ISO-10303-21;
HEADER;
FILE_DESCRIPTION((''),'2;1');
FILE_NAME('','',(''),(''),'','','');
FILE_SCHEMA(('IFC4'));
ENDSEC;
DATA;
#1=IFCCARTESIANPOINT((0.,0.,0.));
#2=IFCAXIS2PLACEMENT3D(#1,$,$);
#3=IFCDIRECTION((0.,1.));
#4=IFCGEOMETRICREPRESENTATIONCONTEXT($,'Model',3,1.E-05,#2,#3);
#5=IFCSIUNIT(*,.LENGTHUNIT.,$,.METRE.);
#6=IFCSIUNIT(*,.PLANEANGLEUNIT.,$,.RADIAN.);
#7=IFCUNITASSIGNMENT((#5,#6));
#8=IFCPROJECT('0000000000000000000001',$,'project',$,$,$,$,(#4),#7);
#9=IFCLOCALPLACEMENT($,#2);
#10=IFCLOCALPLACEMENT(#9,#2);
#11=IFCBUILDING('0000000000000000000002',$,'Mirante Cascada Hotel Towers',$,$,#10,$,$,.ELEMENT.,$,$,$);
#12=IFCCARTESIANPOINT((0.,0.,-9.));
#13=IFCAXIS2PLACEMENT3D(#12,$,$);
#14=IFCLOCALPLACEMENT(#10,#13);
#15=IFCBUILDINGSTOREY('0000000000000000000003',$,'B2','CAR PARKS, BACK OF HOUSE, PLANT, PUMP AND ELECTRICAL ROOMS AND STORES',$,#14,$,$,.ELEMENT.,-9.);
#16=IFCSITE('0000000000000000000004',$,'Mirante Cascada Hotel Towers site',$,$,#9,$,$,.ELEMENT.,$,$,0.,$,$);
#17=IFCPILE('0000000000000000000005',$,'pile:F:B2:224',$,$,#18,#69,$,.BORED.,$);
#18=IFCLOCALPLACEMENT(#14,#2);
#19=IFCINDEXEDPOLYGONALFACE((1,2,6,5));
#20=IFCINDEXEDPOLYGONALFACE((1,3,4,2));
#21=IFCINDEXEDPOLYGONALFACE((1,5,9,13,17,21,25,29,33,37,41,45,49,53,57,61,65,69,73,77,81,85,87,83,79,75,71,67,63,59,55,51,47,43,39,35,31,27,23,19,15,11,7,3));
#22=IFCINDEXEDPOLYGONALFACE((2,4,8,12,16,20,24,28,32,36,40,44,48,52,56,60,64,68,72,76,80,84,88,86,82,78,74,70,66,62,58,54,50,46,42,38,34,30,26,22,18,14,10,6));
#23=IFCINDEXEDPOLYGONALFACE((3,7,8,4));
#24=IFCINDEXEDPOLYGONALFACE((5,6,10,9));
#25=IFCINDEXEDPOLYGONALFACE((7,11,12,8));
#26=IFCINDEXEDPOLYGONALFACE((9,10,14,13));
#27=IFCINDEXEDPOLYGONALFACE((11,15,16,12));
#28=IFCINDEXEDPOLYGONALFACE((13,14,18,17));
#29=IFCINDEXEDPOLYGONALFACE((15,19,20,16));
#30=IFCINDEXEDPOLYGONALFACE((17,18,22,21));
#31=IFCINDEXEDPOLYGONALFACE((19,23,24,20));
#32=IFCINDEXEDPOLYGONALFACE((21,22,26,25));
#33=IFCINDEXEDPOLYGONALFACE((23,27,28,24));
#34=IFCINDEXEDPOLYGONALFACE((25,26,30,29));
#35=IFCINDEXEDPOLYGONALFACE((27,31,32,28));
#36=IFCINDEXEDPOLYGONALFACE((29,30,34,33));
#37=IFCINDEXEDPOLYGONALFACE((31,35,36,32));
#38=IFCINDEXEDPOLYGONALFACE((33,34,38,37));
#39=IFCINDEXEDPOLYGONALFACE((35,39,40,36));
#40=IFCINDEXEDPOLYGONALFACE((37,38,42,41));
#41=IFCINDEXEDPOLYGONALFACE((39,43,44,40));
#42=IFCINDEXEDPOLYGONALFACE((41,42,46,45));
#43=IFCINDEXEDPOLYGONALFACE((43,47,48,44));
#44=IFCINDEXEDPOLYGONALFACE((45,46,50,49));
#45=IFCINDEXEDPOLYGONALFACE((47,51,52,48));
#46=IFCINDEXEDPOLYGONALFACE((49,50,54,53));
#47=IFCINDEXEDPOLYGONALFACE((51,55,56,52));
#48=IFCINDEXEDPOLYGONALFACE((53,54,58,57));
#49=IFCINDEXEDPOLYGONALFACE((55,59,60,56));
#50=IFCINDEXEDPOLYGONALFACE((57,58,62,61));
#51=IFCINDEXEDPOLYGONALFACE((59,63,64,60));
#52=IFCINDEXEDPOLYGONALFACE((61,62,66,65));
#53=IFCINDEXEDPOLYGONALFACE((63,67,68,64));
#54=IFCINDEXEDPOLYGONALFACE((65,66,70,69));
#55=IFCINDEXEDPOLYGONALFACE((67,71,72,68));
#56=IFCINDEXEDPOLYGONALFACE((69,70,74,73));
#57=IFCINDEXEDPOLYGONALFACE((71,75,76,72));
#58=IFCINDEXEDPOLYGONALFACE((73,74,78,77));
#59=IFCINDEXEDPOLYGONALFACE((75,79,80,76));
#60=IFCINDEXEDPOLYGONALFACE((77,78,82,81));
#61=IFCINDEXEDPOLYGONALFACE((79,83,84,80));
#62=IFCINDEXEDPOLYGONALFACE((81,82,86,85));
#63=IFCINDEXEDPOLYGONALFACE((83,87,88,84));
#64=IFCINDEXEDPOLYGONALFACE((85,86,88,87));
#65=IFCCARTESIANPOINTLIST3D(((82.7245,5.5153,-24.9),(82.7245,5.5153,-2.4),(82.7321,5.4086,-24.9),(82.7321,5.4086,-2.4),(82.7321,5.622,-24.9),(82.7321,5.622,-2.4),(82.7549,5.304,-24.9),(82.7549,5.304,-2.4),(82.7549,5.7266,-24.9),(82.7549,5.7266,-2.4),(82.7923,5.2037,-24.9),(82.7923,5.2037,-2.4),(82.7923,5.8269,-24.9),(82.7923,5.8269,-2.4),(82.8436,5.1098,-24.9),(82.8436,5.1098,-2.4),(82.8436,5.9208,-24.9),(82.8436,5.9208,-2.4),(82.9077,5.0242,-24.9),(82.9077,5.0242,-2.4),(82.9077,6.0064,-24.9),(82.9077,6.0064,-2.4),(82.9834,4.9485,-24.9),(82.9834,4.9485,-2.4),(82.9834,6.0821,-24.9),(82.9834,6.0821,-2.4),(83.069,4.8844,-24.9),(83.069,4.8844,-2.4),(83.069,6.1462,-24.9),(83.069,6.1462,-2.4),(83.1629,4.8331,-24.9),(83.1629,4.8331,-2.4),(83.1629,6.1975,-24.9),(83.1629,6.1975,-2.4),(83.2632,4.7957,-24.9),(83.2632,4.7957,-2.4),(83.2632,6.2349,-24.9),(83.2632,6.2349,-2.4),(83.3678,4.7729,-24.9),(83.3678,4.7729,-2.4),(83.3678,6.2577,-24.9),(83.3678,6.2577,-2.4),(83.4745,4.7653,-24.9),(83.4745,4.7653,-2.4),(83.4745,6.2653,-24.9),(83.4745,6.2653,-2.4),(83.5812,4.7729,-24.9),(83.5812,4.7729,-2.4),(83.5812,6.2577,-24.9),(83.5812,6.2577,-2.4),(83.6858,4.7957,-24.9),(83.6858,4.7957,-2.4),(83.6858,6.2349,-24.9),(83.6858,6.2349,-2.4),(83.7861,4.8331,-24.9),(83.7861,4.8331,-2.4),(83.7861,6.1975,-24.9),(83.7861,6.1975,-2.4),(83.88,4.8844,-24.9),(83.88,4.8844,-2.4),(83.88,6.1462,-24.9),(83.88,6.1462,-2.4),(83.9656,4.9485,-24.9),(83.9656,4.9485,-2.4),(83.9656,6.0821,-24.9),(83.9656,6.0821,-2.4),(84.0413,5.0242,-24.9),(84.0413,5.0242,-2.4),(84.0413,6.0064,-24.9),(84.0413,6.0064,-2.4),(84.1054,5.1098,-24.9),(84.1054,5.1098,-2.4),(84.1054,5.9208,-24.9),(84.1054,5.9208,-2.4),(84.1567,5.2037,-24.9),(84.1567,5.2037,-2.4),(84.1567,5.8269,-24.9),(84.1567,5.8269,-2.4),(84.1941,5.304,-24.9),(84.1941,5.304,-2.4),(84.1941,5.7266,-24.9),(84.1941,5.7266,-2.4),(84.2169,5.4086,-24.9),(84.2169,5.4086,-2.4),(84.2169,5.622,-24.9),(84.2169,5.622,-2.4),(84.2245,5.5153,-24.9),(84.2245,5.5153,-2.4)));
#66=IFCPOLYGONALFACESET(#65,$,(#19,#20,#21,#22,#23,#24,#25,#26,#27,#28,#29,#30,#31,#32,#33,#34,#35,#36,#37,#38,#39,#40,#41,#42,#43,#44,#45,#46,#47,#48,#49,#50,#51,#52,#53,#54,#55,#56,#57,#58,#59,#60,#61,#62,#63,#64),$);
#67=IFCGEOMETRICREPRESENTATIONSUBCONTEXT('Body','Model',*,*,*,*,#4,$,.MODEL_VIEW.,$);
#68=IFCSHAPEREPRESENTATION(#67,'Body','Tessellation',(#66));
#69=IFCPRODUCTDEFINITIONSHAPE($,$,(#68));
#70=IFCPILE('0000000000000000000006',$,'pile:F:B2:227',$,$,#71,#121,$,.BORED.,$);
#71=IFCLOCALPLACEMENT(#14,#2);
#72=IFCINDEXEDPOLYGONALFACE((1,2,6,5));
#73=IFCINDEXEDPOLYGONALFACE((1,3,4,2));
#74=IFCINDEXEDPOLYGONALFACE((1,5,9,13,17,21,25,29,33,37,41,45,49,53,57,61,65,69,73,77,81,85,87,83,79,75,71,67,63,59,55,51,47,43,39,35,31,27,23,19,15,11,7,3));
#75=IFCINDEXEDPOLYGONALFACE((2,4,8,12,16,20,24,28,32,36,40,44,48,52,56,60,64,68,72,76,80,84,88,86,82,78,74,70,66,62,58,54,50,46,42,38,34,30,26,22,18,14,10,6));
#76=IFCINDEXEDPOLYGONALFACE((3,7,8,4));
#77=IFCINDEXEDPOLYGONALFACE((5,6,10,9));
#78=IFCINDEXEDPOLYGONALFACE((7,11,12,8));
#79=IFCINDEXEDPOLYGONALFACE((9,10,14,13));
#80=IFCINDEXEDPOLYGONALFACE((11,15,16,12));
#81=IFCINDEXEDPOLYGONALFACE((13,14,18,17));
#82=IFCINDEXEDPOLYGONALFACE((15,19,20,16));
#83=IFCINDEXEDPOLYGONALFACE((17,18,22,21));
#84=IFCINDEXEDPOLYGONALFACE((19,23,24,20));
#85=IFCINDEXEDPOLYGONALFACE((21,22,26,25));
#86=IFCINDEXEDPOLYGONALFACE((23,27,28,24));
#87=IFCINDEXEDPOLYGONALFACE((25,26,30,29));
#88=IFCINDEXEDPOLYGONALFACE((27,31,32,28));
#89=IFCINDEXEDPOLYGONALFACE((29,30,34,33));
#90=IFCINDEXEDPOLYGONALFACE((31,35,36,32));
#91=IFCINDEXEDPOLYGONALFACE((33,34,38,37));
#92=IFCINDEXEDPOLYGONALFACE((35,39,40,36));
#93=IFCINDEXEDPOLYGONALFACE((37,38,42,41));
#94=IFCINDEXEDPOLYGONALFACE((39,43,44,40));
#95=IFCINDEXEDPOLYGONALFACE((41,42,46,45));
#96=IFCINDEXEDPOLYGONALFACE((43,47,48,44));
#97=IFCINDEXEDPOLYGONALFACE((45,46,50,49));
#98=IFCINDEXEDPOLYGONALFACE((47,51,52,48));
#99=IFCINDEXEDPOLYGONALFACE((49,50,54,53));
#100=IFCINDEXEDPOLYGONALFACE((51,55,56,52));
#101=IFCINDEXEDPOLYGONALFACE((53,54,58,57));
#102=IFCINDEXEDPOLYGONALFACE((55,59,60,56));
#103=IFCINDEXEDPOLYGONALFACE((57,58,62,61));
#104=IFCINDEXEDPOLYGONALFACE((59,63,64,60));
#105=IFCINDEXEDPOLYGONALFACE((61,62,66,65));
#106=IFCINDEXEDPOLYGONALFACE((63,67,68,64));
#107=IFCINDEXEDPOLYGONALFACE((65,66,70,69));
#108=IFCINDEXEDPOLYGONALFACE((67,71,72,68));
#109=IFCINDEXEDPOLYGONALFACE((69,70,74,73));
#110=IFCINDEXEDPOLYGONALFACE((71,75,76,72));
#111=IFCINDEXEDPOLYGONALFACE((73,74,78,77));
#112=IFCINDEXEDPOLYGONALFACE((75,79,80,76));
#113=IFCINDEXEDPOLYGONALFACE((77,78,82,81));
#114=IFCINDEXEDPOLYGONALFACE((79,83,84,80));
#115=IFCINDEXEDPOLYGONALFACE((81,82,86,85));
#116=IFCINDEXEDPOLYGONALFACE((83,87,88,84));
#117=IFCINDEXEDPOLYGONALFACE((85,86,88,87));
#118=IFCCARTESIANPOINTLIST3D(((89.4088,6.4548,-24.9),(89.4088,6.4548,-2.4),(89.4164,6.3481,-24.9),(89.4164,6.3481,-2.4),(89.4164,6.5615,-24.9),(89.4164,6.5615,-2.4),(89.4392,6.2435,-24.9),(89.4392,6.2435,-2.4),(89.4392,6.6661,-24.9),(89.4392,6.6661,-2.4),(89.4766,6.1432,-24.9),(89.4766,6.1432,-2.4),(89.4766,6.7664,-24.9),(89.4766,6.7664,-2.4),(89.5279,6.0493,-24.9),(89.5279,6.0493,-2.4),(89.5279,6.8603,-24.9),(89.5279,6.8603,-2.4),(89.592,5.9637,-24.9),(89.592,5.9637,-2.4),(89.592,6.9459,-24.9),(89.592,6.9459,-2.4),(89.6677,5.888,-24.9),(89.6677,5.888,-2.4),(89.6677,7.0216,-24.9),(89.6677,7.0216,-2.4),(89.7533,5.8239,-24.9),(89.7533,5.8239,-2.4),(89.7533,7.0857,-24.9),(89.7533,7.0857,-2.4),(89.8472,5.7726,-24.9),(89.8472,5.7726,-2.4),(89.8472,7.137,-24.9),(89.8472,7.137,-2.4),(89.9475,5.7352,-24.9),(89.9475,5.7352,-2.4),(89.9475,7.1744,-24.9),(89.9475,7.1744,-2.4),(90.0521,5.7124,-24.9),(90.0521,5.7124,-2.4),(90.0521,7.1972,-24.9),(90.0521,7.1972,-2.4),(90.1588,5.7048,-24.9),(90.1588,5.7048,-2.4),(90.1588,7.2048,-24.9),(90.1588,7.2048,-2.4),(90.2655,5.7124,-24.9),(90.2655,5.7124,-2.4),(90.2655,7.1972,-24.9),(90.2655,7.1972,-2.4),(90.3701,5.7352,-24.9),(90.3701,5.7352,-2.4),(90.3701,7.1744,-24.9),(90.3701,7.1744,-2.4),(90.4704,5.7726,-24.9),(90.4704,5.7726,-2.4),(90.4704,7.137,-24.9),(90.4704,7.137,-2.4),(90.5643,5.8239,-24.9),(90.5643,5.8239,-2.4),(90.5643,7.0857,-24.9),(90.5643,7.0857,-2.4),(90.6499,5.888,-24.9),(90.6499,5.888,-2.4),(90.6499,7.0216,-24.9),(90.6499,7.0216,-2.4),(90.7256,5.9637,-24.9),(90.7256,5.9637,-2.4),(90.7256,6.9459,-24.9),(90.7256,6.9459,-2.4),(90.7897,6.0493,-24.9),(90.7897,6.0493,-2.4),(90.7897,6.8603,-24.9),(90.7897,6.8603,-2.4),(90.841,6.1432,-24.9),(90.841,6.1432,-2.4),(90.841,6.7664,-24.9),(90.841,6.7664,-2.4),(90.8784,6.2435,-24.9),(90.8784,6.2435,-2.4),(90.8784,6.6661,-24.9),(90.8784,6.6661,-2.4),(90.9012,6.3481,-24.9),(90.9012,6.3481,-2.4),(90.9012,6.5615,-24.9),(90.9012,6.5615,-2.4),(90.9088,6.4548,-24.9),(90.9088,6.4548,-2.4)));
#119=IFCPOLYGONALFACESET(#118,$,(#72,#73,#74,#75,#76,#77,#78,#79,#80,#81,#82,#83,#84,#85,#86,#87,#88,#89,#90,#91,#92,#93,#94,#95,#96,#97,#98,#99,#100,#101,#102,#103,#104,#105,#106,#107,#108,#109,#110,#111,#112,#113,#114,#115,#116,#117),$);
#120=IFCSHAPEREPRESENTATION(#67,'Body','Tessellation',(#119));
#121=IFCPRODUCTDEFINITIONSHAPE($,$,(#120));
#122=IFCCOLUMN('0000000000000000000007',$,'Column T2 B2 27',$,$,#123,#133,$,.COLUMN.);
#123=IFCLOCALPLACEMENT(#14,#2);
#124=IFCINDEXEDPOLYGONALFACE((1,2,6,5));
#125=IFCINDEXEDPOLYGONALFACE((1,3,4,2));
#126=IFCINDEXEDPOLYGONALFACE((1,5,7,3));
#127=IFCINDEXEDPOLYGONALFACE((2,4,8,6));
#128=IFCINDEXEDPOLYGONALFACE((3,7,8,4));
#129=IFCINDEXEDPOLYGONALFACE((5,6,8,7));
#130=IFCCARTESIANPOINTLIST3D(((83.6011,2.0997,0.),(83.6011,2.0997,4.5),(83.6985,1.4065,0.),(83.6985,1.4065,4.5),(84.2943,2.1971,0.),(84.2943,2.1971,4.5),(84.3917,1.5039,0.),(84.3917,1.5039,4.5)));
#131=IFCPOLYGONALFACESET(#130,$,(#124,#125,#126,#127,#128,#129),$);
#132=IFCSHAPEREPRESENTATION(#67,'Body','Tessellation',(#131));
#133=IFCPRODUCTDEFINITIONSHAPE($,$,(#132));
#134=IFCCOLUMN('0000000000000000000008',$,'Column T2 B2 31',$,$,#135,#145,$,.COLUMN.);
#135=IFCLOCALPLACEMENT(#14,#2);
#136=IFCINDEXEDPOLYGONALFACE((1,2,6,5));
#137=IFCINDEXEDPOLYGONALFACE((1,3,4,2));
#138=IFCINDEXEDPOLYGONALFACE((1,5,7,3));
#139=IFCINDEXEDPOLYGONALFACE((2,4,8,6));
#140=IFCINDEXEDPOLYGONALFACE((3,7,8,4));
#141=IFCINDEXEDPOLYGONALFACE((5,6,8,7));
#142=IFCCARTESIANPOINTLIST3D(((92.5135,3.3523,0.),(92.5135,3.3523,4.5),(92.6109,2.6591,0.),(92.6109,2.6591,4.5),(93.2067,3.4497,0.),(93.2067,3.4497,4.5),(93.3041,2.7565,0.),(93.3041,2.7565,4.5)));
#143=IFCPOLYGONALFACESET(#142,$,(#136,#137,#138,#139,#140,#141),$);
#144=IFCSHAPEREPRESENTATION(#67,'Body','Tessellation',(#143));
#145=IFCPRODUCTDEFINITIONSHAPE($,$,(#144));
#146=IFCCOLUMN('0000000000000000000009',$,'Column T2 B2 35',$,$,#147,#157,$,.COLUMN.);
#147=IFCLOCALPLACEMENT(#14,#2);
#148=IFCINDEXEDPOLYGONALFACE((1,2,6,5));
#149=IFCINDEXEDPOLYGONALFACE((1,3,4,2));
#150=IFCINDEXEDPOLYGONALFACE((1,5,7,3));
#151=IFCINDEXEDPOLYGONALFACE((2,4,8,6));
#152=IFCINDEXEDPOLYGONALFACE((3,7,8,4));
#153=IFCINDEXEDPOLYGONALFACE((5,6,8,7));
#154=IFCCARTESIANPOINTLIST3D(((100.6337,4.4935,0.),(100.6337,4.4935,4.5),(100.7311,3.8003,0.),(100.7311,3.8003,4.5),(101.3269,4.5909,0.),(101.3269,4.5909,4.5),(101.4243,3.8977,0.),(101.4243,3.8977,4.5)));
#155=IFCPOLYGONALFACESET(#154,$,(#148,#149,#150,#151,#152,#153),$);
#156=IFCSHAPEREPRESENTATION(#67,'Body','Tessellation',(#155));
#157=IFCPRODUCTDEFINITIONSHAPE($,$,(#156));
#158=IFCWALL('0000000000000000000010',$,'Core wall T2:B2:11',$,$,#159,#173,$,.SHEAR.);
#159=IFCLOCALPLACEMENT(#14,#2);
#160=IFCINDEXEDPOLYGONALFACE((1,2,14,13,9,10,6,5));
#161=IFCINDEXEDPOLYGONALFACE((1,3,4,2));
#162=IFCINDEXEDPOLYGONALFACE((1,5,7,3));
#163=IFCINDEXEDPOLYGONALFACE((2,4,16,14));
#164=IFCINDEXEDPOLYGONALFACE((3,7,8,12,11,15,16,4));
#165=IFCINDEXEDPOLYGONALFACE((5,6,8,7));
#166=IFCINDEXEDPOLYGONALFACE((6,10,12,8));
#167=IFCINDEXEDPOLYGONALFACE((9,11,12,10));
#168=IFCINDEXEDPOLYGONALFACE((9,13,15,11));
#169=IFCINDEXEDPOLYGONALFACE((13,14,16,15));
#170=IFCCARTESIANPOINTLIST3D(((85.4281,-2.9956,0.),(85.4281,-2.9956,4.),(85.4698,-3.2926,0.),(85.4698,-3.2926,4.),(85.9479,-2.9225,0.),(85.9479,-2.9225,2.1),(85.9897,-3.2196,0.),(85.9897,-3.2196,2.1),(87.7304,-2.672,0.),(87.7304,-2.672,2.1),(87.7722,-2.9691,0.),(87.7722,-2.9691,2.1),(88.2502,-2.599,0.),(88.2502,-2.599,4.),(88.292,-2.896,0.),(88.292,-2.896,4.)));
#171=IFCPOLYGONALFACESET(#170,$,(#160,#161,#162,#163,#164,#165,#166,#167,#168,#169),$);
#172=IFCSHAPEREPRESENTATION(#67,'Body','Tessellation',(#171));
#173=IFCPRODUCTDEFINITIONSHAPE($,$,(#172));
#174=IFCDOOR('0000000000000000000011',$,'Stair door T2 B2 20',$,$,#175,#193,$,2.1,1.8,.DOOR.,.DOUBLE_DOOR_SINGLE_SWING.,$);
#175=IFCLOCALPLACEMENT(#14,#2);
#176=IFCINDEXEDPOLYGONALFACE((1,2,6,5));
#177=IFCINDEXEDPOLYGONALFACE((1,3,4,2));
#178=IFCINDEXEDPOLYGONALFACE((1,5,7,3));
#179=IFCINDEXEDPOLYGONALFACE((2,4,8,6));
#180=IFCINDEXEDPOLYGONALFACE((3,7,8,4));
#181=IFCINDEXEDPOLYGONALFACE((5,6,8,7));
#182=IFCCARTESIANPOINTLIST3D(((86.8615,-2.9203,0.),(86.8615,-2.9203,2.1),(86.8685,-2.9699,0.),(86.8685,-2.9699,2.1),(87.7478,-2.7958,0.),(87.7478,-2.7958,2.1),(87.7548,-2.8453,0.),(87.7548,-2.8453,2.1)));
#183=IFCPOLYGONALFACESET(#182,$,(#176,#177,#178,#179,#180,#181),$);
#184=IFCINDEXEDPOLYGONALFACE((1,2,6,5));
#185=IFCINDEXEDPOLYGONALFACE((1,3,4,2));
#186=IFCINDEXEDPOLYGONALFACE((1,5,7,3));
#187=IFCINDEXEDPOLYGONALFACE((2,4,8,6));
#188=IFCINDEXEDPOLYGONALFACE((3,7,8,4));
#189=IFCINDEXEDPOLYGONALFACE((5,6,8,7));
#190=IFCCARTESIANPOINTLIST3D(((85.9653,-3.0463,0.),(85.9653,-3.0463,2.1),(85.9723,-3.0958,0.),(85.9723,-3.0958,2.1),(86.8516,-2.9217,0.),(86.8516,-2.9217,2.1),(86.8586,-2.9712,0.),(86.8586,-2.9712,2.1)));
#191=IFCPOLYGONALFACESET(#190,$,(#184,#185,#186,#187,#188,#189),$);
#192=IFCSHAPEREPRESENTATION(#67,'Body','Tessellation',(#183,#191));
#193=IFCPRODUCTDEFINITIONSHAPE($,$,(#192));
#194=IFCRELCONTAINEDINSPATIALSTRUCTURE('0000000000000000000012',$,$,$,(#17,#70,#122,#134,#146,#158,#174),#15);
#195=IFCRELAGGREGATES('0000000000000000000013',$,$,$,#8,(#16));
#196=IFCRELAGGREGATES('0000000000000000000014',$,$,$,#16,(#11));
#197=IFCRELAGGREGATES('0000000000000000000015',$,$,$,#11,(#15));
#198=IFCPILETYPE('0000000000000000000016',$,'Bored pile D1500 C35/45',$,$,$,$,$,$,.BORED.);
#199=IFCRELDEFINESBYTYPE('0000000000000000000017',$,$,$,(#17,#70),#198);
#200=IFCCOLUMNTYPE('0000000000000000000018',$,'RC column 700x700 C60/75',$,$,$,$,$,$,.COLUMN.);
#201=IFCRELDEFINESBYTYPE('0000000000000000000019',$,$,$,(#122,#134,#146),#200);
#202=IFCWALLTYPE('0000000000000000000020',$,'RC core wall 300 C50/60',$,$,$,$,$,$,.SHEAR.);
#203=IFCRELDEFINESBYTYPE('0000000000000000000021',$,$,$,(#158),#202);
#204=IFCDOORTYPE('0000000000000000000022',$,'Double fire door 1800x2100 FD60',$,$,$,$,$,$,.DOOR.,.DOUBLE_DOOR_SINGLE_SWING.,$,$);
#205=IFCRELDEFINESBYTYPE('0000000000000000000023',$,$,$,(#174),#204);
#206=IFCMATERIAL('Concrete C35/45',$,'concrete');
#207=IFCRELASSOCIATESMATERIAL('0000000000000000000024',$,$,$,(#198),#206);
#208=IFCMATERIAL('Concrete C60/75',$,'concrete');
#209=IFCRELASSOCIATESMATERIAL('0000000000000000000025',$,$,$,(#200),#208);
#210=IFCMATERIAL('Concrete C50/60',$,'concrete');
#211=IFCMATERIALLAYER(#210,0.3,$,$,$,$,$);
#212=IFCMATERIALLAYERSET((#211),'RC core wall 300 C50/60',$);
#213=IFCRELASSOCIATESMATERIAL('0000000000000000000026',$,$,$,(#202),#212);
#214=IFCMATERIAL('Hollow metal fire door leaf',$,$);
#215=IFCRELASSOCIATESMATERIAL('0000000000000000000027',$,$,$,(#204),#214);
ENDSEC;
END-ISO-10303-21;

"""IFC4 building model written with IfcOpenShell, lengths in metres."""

from ifc_helpers import new_model, si_unit, direction, frame, frame_2d, origin, origin_2d, place, context, subcontext, project, spatial, rectangle, circle, extrude, material, layer, layer_set, material_profile, profile_set, type_object, element, fill, save


model = new_model("IFC4")

# Units and contexts
model_context = context("Model", 3, precision=1e-05, world=origin(), true_north=direction((0.0, 1.0)))
body_context = subcontext(model_context, "Body", "Model", "MODEL_VIEW")
ifc_project = project(units=[si_unit("LENGTHUNIT", "METRE"), si_unit("PLANEANGLEUNIT", "RADIAN")], contexts=[model_context])

# Site, building, storey
site_placement = place(None, origin())
site = spatial("IfcSite", under=ifc_project, at=site_placement, Name="Mirante Cascada Hotel Towers site", CompositionType="ELEMENT", RefElevation=0.0)
building_placement = place(site_placement, origin())
building = spatial("IfcBuilding", under=site, at=building_placement, Name="Mirante Cascada Hotel Towers", CompositionType="ELEMENT")
storey_placement = place(building_placement, frame((0.0, 0.0, -9.0)))
storey = spatial("IfcBuildingStorey", under=building, at=storey_placement, Name="B2", Description="CAR PARKS, BACK OF HOUSE, PLANT, PUMP AND ELECTRICAL ROOMS AND STORES", CompositionType="ELEMENT", Elevation=-9.0)

# Piles
ifc_material_1 = material(Name="Concrete C35/45", Category="concrete")
ifc_material_profile_1 = material_profile(ifc_material_1, circle(Radius=0.75, at=origin_2d()), Name="RC D1500")
ifc_profile_set_1 = profile_set([ifc_material_profile_1], Name="Concrete C35/45")
pile_type = type_object("IfcPileType", Name="Bored pile D1500 C35/45", PredefinedType="BORED", material=ifc_profile_set_1)
for number, where, z_axis, x_axis, name in (
    (1, (83.4745, 5.5153, -2.4), (0.0, 0.0, -1.0), (1.0, 0.0, 0.0), "pile:F:B2:224"),
    (2, (90.1588, 6.4548, -2.4), (0.0, 0.0, -1.0), (1.0, 0.0, 0.0), "pile:F:B2:227"),
):
    element("IfcPile", number, at=place(storey_placement, frame(where, z_axis=z_axis, x_axis=x_axis)), inside=storey, type_object=pile_type, Name=name, PredefinedType="BORED", context=body_context, shape_type="SweptSolid", body=[
        extrude(circle(Radius=0.75, at=origin_2d()), origin(), (0.0, 0.0, 1.0), 22.5),
    ])

# Columns
ifc_material_2 = material(Name="Concrete C60/75", Category="concrete")
ifc_material_profile_2 = material_profile(ifc_material_2, rectangle(XDim=0.7, YDim=0.7, at=origin_2d()), Name="RC column 700x700 C60/75")
ifc_profile_set_2 = profile_set([ifc_material_profile_2], Name="Concrete C60/75")
column_type = type_object("IfcColumnType", Name="RC column 700x700 C60/75", PredefinedType="COLUMN", material=ifc_profile_set_2)
for number, where, z_axis, x_axis, name in (
    (3, (83.9964, 1.8018, 0.0), (0.0, 0.0, 1.0), (0.990268, 0.139173, 0.0), "Column T2 B2 27"),
    (4, (92.9088, 3.0544, 0.0), (0.0, 0.0, 1.0), (0.990268, 0.139173, 0.0), "Column T2 B2 31"),
    (5, (101.029, 4.1956, 0.0), (0.0, 0.0, 1.0), (0.990268, 0.139173, 0.0), "Column T2 B2 35"),
):
    element("IfcColumn", number, at=place(storey_placement, frame(where, z_axis=z_axis, x_axis=x_axis)), inside=storey, type_object=column_type, Name=name, PredefinedType="COLUMN", context=body_context, shape_type="SweptSolid", body=[
        extrude(rectangle(XDim=0.7, YDim=0.7, at=origin_2d()), origin(), (0.0, 0.0, 1.0), 4.5),
    ])

# Wall, opening, door
ifc_material_3 = material(Name="Concrete C50/60", Category="concrete")
ifc_layer = layer(ifc_material_3, 0.3)
ifc_layer_set = layer_set([ifc_layer], Name="RC core wall 300 C50/60")
wall_type = type_object("IfcWallType", Name="RC core wall 300 C50/60", PredefinedType="SHEAR", material=ifc_layer_set)
wall_1_placement = place(storey_placement, frame((85.4489, -3.1441, 0.0), z_axis=(0.0, 0.0, 1.0), x_axis=(0.99027, 0.139161, 0.0)))
wall_1 = element("IfcWall", 6, at=wall_1_placement, inside=storey, type_object=wall_type, Name="Core wall T2:B2:11", PredefinedType="SHEAR", context=body_context, shape_type="SweptSolid", body=[
    extrude(rectangle(XDim=2.8499, YDim=0.3, at=frame_2d((1.425, 0.0))), origin(), (0.0, 0.0, 1.0), 4.0),
])
opening_placement = place(wall_1_placement, frame((0.525, 0.0, 0.0)))
opening = element("IfcOpeningElement", 7, at=opening_placement, cuts=wall_1, PredefinedType="OPENING", context=body_context, shape_type="SweptSolid", body=[
    extrude(rectangle(XDim=1.8, YDim=2.1, at=frame_2d((0.9, 1.05))), frame((0.0, 0.15, 0.0), z_axis=(0.0, -1.0, 0.0), x_axis=(1.0, 0.0, 0.0)), (0.0, 0.0, 1.0), 0.3),
])
ifc_material_4 = material(Name="Hollow metal fire door leaf")
door_type = type_object("IfcDoorType", Name="Double fire door 1800x2100 FD60", OperationType="DOUBLE_DOOR_SINGLE_SWING", PredefinedType="DOOR", material=ifc_material_4)
door_placement = place(opening_placement, frame((1.8, 0.0, 0.0), z_axis=(0.0, 0.0, 1.0), x_axis=(-1.0, 0.0, 0.0)))
door = element("IfcDoor", 8, at=door_placement, inside=storey, type_object=door_type, Name="Stair door T2 B2 20", OperationType="DOUBLE_DOOR_SINGLE_SWING", OverallHeight=2.1, OverallWidth=1.8, PredefinedType="DOOR", context=body_context, shape_type="SweptSolid", body=[
    extrude(rectangle(XDim=0.895, YDim=2.1, at=frame_2d((0.4475, 1.05))), frame((0.0, 0.025, 0.0), z_axis=(0.0, -1.0, 0.0), x_axis=(1.0, 0.0, 0.0)), (0.0, 0.0, 1.0), 0.05),
    extrude(rectangle(XDim=0.895, YDim=2.1, at=frame_2d((1.3525, 1.05))), frame((0.0, 0.025, 0.0), z_axis=(0.0, -1.0, 0.0), x_axis=(1.0, 0.0, 0.0)), (0.0, 0.0, 1.0), 0.05),
])
fill(opening, door)

save(model, "model.ifc")
